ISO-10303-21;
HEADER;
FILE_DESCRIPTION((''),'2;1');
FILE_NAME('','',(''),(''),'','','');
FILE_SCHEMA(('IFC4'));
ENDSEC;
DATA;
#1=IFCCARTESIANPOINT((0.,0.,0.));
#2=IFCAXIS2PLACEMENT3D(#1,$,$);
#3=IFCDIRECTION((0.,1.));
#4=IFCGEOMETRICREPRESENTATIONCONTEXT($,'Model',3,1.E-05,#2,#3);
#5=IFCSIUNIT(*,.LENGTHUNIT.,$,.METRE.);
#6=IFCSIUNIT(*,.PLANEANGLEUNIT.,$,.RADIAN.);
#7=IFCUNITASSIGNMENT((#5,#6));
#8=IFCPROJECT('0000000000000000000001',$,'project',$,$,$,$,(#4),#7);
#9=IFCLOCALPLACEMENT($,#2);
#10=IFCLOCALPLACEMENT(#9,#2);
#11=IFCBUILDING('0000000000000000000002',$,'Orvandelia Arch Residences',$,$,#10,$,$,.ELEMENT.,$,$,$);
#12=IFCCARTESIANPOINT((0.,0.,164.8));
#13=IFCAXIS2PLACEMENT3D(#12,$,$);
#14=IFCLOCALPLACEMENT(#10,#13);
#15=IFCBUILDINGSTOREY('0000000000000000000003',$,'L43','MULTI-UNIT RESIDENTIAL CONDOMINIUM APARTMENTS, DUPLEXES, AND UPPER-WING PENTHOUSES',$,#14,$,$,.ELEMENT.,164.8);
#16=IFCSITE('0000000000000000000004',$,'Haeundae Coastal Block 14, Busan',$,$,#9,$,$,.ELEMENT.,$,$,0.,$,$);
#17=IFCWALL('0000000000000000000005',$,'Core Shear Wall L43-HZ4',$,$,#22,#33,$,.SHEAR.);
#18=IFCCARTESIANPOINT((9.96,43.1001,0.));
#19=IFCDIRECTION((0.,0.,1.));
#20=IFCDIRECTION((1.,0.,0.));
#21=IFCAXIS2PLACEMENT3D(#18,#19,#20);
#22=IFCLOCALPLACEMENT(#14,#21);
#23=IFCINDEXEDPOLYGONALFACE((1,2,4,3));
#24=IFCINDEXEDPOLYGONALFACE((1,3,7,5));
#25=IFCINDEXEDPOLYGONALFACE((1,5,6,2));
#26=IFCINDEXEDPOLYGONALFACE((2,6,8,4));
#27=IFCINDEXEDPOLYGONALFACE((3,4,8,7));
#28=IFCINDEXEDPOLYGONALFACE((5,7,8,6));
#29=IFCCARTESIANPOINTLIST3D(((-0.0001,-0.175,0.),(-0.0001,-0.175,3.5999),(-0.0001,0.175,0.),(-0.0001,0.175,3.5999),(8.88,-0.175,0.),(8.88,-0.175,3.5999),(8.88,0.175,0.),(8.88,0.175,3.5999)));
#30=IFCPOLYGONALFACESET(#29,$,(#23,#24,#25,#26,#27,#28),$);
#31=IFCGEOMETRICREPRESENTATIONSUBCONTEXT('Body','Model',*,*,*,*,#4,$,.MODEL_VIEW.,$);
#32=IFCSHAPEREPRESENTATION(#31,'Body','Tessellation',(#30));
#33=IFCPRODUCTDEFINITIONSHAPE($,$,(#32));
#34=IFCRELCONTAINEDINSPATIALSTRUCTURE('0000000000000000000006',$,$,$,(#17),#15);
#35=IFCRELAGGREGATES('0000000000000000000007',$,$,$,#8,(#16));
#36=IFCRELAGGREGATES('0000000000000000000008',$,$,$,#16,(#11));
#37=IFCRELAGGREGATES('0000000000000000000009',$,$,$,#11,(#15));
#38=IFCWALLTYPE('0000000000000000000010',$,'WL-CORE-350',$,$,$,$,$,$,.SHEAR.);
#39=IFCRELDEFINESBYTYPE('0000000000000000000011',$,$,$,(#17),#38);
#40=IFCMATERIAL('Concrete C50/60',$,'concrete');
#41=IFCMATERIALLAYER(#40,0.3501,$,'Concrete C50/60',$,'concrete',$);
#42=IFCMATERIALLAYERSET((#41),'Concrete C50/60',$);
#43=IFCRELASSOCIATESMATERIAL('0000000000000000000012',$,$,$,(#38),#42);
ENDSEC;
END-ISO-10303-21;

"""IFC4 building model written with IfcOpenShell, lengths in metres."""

from ifc_helpers import new_model, si_unit, direction, frame, frame_2d, origin, place, context, subcontext, project, spatial, rectangle, extrude, material, layer, layer_set, type_object, element, save


model = new_model("IFC4")

# Units and contexts
model_context = context("Model", 3, precision=1e-05, world=origin(), true_north=direction((0.0, 1.0)))
body_context = subcontext(model_context, "Body", "Model", "MODEL_VIEW")
ifc_project = project(units=[si_unit("LENGTHUNIT", "METRE"), si_unit("PLANEANGLEUNIT", "RADIAN")], contexts=[model_context])

# Site, building, storey
site_placement = place(None, origin())
site = spatial("IfcSite", under=ifc_project, at=site_placement, Name="Haeundae Coastal Block 14, Busan", CompositionType="ELEMENT", RefElevation=0.0)
building_placement = place(site_placement, origin())
building = spatial("IfcBuilding", under=site, at=building_placement, Name="Orvandelia Arch Residences", CompositionType="ELEMENT")
storey_placement = place(building_placement, frame((0.0, 0.0, 164.8)))
storey = spatial("IfcBuildingStorey", under=building, at=storey_placement, Name="L43", Description="MULTI-UNIT RESIDENTIAL CONDOMINIUM APARTMENTS, DUPLEXES, AND UPPER-WING PENTHOUSES", CompositionType="ELEMENT", Elevation=164.8)

# Wall
ifc_material_1 = material(Name="Concrete C50/60", Category="concrete")
ifc_layer_1 = layer(ifc_material_1, 0.3501, Name="Concrete C50/60", Category="concrete")
ifc_layer_set_1 = layer_set([ifc_layer_1], Name="Concrete C50/60")
wall_type_1 = type_object("IfcWallType", Name="WL-CORE-350", PredefinedType="SHEAR", material=ifc_layer_set_1)
wall_1_placement = place(storey_placement, frame((9.96, 43.1001, 0.0), z_axis=(0.0, 0.0, 1.0), x_axis=(1.0, 0.0, 0.0)))
element("IfcWall", 1, at=wall_1_placement, inside=storey, type_object=wall_type_1, Name="Core Shear Wall L43-HZ4", PredefinedType="SHEAR", context=body_context, shape_type="SweptSolid", body=[
    extrude(rectangle(XDim=8.8801, YDim=0.3501, at=frame_2d((4.4399, 0.0))), origin(), (0.0, 0.0, 1.0), 3.5999),
])

save(model, "model.ifc")
